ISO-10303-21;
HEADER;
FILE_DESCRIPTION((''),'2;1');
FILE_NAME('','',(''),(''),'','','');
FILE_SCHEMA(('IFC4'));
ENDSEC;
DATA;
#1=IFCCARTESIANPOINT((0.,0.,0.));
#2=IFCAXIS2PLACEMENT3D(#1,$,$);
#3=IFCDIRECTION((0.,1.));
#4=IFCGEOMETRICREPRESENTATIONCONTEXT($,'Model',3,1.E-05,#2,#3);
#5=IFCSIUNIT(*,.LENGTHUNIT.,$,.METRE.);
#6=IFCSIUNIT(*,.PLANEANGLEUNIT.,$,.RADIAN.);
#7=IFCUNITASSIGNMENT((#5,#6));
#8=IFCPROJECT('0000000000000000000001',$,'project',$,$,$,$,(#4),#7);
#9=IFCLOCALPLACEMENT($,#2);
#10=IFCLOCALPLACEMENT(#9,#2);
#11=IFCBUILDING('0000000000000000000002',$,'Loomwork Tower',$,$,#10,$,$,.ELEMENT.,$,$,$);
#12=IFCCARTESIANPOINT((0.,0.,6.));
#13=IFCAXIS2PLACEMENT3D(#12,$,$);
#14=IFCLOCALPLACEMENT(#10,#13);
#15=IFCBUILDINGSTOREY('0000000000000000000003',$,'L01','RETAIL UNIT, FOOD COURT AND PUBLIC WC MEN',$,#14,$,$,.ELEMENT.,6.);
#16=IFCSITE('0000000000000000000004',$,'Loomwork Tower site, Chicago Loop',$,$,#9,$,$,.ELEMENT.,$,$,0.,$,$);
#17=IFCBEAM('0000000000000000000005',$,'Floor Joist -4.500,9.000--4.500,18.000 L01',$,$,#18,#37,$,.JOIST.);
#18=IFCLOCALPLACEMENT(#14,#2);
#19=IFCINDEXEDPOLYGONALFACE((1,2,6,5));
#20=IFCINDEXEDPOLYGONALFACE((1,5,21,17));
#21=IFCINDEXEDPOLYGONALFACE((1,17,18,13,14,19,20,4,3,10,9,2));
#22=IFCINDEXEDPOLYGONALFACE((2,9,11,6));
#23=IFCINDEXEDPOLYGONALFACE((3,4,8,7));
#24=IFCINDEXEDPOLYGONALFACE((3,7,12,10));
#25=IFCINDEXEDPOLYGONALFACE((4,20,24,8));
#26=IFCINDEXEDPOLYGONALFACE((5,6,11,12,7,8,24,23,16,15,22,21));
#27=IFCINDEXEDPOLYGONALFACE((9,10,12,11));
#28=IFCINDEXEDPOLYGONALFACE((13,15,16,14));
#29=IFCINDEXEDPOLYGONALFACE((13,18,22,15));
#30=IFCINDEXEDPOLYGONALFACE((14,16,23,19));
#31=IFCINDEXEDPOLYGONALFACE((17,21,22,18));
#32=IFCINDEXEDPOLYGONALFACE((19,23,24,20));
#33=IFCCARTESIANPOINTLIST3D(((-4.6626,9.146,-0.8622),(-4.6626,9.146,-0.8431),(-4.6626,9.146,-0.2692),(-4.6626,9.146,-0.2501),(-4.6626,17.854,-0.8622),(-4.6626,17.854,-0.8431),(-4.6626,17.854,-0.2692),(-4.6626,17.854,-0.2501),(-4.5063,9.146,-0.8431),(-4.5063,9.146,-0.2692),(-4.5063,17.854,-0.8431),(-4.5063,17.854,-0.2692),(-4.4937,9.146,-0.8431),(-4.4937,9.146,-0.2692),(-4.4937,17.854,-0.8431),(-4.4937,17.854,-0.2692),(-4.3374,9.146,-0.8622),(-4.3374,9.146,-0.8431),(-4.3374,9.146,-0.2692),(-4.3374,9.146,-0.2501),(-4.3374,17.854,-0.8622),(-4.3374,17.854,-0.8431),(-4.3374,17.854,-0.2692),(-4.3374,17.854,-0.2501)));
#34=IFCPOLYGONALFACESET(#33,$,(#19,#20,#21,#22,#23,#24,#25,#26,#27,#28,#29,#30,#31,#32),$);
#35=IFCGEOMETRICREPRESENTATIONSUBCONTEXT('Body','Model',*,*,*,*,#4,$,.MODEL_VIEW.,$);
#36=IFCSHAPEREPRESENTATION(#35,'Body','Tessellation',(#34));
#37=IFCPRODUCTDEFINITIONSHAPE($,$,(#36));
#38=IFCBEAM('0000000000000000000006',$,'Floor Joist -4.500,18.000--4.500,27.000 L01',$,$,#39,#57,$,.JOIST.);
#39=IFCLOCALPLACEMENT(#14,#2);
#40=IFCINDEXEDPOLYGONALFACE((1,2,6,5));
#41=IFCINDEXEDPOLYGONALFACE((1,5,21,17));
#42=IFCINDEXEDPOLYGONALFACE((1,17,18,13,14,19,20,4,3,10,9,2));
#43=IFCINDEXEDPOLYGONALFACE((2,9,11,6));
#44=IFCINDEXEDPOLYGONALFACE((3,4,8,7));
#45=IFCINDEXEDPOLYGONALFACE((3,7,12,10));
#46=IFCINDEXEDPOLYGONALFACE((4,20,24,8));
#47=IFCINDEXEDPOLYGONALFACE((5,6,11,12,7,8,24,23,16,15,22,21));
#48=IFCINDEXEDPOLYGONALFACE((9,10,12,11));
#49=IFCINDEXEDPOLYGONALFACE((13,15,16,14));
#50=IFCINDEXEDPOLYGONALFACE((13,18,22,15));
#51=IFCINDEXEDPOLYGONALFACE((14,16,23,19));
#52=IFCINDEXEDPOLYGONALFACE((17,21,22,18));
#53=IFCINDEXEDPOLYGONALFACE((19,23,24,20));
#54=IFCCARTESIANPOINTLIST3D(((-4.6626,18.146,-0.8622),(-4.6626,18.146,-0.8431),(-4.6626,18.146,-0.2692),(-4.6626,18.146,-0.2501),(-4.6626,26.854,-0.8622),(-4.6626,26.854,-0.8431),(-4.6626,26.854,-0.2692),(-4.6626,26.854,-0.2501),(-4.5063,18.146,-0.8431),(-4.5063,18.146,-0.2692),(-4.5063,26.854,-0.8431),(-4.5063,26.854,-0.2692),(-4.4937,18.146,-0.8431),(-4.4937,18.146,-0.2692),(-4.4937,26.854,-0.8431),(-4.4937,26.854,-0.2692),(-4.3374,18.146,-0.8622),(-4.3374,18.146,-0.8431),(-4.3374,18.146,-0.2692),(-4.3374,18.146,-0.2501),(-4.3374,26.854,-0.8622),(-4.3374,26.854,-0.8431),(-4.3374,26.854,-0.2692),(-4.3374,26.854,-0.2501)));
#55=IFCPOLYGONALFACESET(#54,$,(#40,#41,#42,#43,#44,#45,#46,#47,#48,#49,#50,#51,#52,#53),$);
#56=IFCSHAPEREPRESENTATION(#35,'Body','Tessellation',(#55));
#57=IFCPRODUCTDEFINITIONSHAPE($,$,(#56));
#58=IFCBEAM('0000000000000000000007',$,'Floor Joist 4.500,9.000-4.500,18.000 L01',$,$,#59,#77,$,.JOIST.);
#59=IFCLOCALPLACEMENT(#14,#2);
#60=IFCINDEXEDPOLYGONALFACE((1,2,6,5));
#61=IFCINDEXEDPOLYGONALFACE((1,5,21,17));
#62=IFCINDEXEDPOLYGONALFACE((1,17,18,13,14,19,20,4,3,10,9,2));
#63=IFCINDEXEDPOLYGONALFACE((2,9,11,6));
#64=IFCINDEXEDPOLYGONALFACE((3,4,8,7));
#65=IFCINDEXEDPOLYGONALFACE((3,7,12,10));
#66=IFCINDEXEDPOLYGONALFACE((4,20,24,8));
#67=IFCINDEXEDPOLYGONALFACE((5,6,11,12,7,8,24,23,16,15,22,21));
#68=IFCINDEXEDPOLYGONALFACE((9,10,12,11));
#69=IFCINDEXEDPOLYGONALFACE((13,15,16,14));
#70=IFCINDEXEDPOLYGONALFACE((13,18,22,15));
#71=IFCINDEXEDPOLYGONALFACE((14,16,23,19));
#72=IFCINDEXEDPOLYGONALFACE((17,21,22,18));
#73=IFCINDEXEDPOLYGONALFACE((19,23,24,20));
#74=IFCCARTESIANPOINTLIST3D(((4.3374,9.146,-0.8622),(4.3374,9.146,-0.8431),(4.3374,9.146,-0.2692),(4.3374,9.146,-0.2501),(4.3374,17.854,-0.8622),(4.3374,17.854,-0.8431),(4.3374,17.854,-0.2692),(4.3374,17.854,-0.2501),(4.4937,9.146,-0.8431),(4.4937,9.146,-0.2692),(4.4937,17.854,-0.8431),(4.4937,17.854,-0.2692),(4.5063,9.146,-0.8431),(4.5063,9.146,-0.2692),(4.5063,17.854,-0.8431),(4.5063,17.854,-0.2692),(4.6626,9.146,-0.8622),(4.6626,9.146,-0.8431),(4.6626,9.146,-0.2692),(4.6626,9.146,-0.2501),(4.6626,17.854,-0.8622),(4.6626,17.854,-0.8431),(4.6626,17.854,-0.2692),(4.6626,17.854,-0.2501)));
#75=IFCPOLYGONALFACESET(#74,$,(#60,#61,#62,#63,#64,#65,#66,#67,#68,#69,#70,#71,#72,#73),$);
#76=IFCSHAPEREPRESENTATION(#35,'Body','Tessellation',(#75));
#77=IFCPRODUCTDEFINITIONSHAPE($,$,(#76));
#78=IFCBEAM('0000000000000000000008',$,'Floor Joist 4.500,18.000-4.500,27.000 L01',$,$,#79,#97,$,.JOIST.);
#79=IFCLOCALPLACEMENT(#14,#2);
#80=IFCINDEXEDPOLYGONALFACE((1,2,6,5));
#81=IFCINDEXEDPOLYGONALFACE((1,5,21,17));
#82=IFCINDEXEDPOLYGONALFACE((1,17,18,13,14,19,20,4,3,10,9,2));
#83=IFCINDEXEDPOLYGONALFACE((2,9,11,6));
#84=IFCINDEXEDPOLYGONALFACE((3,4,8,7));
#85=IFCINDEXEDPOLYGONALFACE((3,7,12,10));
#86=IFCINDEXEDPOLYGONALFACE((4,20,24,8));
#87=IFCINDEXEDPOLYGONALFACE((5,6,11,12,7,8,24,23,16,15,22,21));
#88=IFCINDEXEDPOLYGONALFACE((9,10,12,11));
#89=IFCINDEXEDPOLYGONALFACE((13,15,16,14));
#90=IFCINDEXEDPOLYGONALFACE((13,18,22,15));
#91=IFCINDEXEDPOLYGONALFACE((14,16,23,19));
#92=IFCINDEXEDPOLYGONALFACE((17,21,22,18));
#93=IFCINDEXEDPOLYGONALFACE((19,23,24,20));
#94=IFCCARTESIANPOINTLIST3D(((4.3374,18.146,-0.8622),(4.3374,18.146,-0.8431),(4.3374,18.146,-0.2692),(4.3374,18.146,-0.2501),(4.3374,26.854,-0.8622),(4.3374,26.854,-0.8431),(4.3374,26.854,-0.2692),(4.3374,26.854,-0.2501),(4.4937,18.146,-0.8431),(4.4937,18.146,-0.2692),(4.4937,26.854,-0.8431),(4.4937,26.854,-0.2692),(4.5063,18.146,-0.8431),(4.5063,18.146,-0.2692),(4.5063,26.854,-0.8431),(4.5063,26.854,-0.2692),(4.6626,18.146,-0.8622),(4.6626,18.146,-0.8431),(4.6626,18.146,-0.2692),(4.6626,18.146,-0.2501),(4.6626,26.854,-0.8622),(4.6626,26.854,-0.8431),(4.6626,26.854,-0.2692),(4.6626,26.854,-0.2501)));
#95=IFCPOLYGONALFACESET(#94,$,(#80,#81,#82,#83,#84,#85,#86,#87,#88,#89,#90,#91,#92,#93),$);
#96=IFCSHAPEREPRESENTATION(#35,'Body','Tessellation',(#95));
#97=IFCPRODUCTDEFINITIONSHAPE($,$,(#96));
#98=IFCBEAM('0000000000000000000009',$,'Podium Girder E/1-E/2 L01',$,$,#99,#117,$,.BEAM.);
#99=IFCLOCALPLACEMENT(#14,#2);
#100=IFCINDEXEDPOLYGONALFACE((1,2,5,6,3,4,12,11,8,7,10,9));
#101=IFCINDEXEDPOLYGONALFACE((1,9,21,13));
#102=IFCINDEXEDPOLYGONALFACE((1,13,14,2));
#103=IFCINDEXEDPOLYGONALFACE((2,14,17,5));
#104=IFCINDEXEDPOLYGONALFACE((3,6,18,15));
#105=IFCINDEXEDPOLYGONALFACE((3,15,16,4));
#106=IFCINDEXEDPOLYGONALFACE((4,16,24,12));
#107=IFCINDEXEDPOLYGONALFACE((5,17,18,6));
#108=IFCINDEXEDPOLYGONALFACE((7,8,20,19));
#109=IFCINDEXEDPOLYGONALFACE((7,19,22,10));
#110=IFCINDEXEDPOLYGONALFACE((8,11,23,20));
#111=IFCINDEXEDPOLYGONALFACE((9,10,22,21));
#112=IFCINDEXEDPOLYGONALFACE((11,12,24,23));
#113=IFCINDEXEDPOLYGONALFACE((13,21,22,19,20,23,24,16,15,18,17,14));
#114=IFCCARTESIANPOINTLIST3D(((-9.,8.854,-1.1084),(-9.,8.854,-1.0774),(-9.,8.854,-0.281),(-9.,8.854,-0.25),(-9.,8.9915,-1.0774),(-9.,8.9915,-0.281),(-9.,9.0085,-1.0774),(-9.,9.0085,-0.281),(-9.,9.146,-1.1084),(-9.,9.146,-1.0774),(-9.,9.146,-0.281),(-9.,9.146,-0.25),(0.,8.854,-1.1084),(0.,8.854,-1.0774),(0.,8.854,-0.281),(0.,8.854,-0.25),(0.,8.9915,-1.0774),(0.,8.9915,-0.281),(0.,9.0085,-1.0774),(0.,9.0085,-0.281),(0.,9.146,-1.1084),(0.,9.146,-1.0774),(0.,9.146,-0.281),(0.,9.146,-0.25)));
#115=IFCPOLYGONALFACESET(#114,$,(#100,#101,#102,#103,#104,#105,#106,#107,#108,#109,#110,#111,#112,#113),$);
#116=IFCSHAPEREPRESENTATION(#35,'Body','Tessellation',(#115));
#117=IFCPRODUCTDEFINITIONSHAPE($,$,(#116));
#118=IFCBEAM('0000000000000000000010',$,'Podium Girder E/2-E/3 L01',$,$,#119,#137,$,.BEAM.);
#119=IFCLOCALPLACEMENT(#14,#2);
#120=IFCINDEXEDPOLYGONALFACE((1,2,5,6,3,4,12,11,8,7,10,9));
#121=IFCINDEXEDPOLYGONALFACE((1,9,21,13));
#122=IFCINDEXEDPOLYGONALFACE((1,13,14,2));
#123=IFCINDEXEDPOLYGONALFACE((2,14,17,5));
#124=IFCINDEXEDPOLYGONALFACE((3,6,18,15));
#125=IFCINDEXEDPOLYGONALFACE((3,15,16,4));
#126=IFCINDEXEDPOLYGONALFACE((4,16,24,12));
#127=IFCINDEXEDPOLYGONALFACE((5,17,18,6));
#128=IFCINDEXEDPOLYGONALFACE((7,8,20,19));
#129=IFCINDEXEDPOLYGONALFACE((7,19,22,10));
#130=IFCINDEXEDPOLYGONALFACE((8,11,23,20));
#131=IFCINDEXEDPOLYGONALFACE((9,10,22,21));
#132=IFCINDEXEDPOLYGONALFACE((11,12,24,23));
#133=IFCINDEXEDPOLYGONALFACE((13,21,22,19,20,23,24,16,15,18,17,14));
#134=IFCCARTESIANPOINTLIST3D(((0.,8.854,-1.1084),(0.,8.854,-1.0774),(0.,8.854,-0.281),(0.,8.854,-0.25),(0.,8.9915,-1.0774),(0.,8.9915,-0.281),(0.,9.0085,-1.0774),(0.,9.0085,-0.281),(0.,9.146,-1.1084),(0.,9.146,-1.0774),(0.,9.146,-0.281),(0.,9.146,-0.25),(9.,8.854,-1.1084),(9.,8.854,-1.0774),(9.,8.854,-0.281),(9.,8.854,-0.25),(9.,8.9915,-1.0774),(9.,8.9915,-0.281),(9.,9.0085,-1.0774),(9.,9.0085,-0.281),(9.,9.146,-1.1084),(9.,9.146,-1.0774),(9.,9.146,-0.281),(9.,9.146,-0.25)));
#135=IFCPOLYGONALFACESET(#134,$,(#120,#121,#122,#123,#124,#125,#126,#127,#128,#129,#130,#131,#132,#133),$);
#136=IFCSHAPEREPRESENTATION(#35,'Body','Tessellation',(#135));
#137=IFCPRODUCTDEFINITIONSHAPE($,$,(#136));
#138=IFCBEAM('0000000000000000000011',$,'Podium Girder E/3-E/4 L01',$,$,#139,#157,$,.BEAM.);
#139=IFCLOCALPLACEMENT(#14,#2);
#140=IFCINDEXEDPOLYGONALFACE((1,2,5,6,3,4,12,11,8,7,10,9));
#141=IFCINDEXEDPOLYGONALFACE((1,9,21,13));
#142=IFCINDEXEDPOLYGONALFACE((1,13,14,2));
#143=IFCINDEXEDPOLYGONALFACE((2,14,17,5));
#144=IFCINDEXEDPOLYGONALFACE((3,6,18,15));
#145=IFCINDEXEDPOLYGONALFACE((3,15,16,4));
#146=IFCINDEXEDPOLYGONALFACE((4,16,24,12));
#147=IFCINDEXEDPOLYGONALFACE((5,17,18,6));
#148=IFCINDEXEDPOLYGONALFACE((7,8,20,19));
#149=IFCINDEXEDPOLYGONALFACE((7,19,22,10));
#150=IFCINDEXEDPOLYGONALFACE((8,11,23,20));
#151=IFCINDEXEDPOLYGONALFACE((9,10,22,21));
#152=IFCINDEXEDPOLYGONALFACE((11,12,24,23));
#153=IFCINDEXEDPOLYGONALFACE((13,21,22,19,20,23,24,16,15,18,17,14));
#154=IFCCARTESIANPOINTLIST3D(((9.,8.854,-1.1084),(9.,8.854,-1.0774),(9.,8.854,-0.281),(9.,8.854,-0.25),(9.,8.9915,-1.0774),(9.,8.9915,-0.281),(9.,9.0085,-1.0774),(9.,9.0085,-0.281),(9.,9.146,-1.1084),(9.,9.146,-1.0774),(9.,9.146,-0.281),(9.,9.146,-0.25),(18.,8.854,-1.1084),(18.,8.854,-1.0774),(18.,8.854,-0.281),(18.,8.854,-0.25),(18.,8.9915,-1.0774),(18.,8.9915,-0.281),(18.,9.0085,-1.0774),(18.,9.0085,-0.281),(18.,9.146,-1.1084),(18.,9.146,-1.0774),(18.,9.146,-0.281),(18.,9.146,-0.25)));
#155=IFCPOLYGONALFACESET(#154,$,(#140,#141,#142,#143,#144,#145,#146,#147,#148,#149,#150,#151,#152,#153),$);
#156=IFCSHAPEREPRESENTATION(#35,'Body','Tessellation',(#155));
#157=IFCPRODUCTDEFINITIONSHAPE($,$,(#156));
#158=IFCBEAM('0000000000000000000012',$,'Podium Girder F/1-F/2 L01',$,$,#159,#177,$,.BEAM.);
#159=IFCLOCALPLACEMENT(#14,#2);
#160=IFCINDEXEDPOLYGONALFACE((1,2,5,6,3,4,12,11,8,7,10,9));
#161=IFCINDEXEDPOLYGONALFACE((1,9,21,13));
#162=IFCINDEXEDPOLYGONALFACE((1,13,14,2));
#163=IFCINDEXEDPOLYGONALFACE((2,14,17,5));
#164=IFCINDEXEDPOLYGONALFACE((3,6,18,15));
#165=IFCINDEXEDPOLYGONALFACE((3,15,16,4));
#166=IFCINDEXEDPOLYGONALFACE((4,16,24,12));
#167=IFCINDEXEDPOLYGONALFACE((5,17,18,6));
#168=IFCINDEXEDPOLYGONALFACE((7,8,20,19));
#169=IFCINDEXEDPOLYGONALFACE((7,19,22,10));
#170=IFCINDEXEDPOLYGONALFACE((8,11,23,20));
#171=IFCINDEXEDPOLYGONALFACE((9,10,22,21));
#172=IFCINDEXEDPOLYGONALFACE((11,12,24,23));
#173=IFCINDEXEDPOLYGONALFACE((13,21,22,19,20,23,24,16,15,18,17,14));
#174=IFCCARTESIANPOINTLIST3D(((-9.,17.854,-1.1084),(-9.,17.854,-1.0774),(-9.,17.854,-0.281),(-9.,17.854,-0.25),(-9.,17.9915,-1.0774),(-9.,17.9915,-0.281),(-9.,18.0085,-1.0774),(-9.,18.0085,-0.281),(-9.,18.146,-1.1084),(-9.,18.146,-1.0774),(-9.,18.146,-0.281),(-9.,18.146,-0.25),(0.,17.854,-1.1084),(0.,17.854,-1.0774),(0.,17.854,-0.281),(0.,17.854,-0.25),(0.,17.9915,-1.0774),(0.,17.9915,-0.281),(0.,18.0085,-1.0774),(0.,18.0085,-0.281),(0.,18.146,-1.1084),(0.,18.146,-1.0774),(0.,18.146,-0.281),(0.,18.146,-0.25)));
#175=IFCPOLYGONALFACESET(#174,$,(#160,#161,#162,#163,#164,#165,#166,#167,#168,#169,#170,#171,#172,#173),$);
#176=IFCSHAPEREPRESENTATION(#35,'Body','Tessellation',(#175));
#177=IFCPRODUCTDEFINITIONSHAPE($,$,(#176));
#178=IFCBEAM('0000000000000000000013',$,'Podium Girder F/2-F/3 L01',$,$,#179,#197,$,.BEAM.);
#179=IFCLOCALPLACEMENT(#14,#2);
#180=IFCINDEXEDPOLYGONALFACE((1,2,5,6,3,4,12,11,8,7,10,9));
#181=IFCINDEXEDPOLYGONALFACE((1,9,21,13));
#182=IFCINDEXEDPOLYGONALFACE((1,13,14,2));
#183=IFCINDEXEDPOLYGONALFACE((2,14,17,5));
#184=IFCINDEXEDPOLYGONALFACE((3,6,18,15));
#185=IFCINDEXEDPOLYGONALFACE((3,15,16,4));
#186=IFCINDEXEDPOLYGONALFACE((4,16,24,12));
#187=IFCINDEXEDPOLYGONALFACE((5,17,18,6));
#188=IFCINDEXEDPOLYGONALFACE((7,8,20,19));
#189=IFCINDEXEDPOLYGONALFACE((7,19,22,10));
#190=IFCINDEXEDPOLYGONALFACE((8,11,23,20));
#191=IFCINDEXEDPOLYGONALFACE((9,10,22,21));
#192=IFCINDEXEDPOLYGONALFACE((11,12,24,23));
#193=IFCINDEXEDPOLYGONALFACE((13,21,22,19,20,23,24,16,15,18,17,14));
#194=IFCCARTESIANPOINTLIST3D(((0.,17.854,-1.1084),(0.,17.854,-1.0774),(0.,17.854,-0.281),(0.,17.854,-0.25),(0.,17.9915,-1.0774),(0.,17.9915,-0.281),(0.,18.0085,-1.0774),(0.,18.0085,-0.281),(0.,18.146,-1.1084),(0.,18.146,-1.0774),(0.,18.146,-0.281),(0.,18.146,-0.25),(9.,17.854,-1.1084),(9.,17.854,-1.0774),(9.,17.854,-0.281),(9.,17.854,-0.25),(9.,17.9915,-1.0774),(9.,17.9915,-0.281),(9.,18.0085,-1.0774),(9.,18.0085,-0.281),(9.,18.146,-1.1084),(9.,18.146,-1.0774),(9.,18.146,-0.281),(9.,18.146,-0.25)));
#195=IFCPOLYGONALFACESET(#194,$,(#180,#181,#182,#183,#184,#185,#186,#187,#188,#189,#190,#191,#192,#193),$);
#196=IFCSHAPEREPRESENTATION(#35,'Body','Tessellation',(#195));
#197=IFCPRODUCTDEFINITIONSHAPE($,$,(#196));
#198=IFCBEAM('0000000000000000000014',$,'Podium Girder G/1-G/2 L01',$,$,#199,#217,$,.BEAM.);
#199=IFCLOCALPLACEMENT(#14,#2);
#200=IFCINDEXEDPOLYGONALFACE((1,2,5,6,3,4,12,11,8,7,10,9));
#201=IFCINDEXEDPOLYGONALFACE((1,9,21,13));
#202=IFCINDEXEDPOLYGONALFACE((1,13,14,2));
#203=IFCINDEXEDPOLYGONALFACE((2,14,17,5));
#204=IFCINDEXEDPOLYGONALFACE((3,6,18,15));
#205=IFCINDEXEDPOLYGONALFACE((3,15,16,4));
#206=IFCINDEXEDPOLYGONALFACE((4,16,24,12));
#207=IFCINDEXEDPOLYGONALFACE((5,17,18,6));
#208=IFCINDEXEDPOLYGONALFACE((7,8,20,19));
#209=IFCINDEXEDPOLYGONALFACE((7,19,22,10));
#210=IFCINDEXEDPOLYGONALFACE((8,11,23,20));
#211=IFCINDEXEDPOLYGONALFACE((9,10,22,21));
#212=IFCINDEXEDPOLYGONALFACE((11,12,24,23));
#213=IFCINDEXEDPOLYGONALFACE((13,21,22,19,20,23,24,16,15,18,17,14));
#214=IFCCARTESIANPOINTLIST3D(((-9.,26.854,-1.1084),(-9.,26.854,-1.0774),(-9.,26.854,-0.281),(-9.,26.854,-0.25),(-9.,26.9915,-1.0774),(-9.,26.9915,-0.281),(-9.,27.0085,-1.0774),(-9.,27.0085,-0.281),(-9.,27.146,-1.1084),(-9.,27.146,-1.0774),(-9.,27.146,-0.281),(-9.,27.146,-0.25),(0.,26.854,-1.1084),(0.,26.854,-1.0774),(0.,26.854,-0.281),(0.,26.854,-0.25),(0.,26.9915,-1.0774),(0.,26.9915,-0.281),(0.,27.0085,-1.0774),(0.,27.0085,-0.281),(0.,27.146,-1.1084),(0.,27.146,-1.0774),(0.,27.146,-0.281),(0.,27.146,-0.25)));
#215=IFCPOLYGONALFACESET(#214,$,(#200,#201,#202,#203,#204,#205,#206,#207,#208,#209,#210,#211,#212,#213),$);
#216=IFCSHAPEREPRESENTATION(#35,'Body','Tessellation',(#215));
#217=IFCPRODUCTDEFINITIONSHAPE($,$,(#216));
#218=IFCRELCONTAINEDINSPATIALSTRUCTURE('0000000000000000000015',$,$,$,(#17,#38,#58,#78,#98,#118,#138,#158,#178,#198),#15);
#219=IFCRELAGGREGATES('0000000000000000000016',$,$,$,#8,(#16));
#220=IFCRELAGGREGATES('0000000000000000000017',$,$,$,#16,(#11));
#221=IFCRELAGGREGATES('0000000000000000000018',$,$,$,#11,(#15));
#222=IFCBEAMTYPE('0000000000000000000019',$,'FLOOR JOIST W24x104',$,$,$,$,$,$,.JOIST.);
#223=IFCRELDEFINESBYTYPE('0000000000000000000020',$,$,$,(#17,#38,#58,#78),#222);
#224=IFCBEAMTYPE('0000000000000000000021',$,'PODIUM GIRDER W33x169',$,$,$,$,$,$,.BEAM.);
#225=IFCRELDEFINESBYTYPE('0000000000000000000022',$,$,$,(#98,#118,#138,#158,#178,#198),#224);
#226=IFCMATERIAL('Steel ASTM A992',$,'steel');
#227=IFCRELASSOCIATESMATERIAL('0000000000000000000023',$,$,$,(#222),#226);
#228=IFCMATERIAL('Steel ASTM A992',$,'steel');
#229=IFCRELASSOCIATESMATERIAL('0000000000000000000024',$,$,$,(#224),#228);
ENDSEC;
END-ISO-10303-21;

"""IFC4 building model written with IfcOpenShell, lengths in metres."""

from ifc_helpers import new_model, si_unit, direction, frame, origin, origin_2d, place, context, subcontext, project, spatial, i_section, extrude, material, material_profile, profile_set, type_object, element, save


model = new_model("IFC4")

# Units and contexts
model_context = context("Model", 3, precision=1e-05, world=origin(), true_north=direction((0.0, 1.0)))
body_context = subcontext(model_context, "Body", "Model", "MODEL_VIEW")
ifc_project = project(units=[si_unit("LENGTHUNIT", "METRE"), si_unit("PLANEANGLEUNIT", "RADIAN")], contexts=[model_context])

# Site, building, storey
site_placement = place(None, origin())
site = spatial("IfcSite", under=ifc_project, at=site_placement, Name="Loomwork Tower site, Chicago Loop", CompositionType="ELEMENT", RefElevation=0.0)
building_placement = place(site_placement, origin())
building = spatial("IfcBuilding", under=site, at=building_placement, Name="Loomwork Tower", CompositionType="ELEMENT")
storey_placement = place(building_placement, frame((0.0, 0.0, 6.0)))
storey = spatial("IfcBuildingStorey", under=building, at=storey_placement, Name="L01", Description="RETAIL UNIT, FOOD COURT AND PUBLIC WC MEN", CompositionType="ELEMENT", Elevation=6.0)

# Beams
ifc_material_1 = material(Name="Steel ASTM A992", Category="steel")
ifc_material_profile_1 = material_profile(ifc_material_1, i_section(OverallWidth=0.3252, OverallDepth=0.6121, WebThickness=0.0127, FlangeThickness=0.019, at=origin_2d()), Name="W24x104")
ifc_profile_set_1 = profile_set([ifc_material_profile_1], Name="Steel ASTM A992")
beam_type_1 = type_object("IfcBeamType", Name="FLOOR JOIST W24x104", PredefinedType="JOIST", material=ifc_profile_set_1)
for number, where, z_axis, x_axis, name in (
    (1, (-4.5, 9.146, -0.5562), (0.0, 1.0, 0.0), (-1.0, 0.0, 0.0), "Floor Joist -4.500,9.000--4.500,18.000 L01"),
    (2, (-4.5, 18.146, -0.5562), (0.0, 1.0, 0.0), (-1.0, 0.0, 0.0), "Floor Joist -4.500,18.000--4.500,27.000 L01"),
    (3, (4.5, 9.146, -0.5562), (0.0, 1.0, 0.0), (-1.0, 0.0, 0.0), "Floor Joist 4.500,9.000-4.500,18.000 L01"),
    (4, (4.5, 18.146, -0.5562), (0.0, 1.0, 0.0), (-1.0, 0.0, 0.0), "Floor Joist 4.500,18.000-4.500,27.000 L01"),
):
    element("IfcBeam", number, at=place(storey_placement, frame(where, z_axis=z_axis, x_axis=x_axis)), inside=storey, type_object=beam_type_1, Name=name, PredefinedType="JOIST", context=body_context, shape_type="SweptSolid", body=[
        extrude(i_section(OverallWidth=0.3252, OverallDepth=0.6121, WebThickness=0.0127, FlangeThickness=0.019, at=origin_2d()), origin(), (0.0, 0.0, 1.0), 8.708),
    ])
ifc_material_2 = material(Name="Steel ASTM A992", Category="steel")
ifc_material_profile_2 = material_profile(ifc_material_2, i_section(OverallWidth=0.292, OverallDepth=0.8584, WebThickness=0.0171, FlangeThickness=0.031, at=origin_2d()), Name="W33x169")
ifc_profile_set_2 = profile_set([ifc_material_profile_2], Name="Steel ASTM A992")
beam_type_2 = type_object("IfcBeamType", Name="PODIUM GIRDER W33x169", PredefinedType="BEAM", material=ifc_profile_set_2)
for number, where, z_axis, x_axis, name in (
    (5, (-9.0, 9.0, -0.6792), (1.0, 0.0, 0.0), (0.0, 1.0, 0.0), "Podium Girder E/1-E/2 L01"),
    (6, (0.0, 9.0, -0.6792), (1.0, 0.0, 0.0), (0.0, 1.0, 0.0), "Podium Girder E/2-E/3 L01"),
    (7, (9.0, 9.0, -0.6792), (1.0, 0.0, 0.0), (0.0, 1.0, 0.0), "Podium Girder E/3-E/4 L01"),
    (8, (-9.0, 18.0, -0.6792), (1.0, 0.0, 0.0), (0.0, 1.0, 0.0), "Podium Girder F/1-F/2 L01"),
    (9, (0.0, 18.0, -0.6792), (1.0, 0.0, 0.0), (0.0, 1.0, 0.0), "Podium Girder F/2-F/3 L01"),
    (10, (-9.0, 27.0, -0.6792), (1.0, 0.0, 0.0), (0.0, 1.0, 0.0), "Podium Girder G/1-G/2 L01"),
):
    element("IfcBeam", number, at=place(storey_placement, frame(where, z_axis=z_axis, x_axis=x_axis)), inside=storey, type_object=beam_type_2, Name=name, PredefinedType="BEAM", context=body_context, shape_type="SweptSolid", body=[
        extrude(i_section(OverallWidth=0.292, OverallDepth=0.8584, WebThickness=0.0171, FlangeThickness=0.031, at=origin_2d()), origin(), (0.0, 0.0, 1.0), 9.0),
    ])

save(model, "model.ifc")
